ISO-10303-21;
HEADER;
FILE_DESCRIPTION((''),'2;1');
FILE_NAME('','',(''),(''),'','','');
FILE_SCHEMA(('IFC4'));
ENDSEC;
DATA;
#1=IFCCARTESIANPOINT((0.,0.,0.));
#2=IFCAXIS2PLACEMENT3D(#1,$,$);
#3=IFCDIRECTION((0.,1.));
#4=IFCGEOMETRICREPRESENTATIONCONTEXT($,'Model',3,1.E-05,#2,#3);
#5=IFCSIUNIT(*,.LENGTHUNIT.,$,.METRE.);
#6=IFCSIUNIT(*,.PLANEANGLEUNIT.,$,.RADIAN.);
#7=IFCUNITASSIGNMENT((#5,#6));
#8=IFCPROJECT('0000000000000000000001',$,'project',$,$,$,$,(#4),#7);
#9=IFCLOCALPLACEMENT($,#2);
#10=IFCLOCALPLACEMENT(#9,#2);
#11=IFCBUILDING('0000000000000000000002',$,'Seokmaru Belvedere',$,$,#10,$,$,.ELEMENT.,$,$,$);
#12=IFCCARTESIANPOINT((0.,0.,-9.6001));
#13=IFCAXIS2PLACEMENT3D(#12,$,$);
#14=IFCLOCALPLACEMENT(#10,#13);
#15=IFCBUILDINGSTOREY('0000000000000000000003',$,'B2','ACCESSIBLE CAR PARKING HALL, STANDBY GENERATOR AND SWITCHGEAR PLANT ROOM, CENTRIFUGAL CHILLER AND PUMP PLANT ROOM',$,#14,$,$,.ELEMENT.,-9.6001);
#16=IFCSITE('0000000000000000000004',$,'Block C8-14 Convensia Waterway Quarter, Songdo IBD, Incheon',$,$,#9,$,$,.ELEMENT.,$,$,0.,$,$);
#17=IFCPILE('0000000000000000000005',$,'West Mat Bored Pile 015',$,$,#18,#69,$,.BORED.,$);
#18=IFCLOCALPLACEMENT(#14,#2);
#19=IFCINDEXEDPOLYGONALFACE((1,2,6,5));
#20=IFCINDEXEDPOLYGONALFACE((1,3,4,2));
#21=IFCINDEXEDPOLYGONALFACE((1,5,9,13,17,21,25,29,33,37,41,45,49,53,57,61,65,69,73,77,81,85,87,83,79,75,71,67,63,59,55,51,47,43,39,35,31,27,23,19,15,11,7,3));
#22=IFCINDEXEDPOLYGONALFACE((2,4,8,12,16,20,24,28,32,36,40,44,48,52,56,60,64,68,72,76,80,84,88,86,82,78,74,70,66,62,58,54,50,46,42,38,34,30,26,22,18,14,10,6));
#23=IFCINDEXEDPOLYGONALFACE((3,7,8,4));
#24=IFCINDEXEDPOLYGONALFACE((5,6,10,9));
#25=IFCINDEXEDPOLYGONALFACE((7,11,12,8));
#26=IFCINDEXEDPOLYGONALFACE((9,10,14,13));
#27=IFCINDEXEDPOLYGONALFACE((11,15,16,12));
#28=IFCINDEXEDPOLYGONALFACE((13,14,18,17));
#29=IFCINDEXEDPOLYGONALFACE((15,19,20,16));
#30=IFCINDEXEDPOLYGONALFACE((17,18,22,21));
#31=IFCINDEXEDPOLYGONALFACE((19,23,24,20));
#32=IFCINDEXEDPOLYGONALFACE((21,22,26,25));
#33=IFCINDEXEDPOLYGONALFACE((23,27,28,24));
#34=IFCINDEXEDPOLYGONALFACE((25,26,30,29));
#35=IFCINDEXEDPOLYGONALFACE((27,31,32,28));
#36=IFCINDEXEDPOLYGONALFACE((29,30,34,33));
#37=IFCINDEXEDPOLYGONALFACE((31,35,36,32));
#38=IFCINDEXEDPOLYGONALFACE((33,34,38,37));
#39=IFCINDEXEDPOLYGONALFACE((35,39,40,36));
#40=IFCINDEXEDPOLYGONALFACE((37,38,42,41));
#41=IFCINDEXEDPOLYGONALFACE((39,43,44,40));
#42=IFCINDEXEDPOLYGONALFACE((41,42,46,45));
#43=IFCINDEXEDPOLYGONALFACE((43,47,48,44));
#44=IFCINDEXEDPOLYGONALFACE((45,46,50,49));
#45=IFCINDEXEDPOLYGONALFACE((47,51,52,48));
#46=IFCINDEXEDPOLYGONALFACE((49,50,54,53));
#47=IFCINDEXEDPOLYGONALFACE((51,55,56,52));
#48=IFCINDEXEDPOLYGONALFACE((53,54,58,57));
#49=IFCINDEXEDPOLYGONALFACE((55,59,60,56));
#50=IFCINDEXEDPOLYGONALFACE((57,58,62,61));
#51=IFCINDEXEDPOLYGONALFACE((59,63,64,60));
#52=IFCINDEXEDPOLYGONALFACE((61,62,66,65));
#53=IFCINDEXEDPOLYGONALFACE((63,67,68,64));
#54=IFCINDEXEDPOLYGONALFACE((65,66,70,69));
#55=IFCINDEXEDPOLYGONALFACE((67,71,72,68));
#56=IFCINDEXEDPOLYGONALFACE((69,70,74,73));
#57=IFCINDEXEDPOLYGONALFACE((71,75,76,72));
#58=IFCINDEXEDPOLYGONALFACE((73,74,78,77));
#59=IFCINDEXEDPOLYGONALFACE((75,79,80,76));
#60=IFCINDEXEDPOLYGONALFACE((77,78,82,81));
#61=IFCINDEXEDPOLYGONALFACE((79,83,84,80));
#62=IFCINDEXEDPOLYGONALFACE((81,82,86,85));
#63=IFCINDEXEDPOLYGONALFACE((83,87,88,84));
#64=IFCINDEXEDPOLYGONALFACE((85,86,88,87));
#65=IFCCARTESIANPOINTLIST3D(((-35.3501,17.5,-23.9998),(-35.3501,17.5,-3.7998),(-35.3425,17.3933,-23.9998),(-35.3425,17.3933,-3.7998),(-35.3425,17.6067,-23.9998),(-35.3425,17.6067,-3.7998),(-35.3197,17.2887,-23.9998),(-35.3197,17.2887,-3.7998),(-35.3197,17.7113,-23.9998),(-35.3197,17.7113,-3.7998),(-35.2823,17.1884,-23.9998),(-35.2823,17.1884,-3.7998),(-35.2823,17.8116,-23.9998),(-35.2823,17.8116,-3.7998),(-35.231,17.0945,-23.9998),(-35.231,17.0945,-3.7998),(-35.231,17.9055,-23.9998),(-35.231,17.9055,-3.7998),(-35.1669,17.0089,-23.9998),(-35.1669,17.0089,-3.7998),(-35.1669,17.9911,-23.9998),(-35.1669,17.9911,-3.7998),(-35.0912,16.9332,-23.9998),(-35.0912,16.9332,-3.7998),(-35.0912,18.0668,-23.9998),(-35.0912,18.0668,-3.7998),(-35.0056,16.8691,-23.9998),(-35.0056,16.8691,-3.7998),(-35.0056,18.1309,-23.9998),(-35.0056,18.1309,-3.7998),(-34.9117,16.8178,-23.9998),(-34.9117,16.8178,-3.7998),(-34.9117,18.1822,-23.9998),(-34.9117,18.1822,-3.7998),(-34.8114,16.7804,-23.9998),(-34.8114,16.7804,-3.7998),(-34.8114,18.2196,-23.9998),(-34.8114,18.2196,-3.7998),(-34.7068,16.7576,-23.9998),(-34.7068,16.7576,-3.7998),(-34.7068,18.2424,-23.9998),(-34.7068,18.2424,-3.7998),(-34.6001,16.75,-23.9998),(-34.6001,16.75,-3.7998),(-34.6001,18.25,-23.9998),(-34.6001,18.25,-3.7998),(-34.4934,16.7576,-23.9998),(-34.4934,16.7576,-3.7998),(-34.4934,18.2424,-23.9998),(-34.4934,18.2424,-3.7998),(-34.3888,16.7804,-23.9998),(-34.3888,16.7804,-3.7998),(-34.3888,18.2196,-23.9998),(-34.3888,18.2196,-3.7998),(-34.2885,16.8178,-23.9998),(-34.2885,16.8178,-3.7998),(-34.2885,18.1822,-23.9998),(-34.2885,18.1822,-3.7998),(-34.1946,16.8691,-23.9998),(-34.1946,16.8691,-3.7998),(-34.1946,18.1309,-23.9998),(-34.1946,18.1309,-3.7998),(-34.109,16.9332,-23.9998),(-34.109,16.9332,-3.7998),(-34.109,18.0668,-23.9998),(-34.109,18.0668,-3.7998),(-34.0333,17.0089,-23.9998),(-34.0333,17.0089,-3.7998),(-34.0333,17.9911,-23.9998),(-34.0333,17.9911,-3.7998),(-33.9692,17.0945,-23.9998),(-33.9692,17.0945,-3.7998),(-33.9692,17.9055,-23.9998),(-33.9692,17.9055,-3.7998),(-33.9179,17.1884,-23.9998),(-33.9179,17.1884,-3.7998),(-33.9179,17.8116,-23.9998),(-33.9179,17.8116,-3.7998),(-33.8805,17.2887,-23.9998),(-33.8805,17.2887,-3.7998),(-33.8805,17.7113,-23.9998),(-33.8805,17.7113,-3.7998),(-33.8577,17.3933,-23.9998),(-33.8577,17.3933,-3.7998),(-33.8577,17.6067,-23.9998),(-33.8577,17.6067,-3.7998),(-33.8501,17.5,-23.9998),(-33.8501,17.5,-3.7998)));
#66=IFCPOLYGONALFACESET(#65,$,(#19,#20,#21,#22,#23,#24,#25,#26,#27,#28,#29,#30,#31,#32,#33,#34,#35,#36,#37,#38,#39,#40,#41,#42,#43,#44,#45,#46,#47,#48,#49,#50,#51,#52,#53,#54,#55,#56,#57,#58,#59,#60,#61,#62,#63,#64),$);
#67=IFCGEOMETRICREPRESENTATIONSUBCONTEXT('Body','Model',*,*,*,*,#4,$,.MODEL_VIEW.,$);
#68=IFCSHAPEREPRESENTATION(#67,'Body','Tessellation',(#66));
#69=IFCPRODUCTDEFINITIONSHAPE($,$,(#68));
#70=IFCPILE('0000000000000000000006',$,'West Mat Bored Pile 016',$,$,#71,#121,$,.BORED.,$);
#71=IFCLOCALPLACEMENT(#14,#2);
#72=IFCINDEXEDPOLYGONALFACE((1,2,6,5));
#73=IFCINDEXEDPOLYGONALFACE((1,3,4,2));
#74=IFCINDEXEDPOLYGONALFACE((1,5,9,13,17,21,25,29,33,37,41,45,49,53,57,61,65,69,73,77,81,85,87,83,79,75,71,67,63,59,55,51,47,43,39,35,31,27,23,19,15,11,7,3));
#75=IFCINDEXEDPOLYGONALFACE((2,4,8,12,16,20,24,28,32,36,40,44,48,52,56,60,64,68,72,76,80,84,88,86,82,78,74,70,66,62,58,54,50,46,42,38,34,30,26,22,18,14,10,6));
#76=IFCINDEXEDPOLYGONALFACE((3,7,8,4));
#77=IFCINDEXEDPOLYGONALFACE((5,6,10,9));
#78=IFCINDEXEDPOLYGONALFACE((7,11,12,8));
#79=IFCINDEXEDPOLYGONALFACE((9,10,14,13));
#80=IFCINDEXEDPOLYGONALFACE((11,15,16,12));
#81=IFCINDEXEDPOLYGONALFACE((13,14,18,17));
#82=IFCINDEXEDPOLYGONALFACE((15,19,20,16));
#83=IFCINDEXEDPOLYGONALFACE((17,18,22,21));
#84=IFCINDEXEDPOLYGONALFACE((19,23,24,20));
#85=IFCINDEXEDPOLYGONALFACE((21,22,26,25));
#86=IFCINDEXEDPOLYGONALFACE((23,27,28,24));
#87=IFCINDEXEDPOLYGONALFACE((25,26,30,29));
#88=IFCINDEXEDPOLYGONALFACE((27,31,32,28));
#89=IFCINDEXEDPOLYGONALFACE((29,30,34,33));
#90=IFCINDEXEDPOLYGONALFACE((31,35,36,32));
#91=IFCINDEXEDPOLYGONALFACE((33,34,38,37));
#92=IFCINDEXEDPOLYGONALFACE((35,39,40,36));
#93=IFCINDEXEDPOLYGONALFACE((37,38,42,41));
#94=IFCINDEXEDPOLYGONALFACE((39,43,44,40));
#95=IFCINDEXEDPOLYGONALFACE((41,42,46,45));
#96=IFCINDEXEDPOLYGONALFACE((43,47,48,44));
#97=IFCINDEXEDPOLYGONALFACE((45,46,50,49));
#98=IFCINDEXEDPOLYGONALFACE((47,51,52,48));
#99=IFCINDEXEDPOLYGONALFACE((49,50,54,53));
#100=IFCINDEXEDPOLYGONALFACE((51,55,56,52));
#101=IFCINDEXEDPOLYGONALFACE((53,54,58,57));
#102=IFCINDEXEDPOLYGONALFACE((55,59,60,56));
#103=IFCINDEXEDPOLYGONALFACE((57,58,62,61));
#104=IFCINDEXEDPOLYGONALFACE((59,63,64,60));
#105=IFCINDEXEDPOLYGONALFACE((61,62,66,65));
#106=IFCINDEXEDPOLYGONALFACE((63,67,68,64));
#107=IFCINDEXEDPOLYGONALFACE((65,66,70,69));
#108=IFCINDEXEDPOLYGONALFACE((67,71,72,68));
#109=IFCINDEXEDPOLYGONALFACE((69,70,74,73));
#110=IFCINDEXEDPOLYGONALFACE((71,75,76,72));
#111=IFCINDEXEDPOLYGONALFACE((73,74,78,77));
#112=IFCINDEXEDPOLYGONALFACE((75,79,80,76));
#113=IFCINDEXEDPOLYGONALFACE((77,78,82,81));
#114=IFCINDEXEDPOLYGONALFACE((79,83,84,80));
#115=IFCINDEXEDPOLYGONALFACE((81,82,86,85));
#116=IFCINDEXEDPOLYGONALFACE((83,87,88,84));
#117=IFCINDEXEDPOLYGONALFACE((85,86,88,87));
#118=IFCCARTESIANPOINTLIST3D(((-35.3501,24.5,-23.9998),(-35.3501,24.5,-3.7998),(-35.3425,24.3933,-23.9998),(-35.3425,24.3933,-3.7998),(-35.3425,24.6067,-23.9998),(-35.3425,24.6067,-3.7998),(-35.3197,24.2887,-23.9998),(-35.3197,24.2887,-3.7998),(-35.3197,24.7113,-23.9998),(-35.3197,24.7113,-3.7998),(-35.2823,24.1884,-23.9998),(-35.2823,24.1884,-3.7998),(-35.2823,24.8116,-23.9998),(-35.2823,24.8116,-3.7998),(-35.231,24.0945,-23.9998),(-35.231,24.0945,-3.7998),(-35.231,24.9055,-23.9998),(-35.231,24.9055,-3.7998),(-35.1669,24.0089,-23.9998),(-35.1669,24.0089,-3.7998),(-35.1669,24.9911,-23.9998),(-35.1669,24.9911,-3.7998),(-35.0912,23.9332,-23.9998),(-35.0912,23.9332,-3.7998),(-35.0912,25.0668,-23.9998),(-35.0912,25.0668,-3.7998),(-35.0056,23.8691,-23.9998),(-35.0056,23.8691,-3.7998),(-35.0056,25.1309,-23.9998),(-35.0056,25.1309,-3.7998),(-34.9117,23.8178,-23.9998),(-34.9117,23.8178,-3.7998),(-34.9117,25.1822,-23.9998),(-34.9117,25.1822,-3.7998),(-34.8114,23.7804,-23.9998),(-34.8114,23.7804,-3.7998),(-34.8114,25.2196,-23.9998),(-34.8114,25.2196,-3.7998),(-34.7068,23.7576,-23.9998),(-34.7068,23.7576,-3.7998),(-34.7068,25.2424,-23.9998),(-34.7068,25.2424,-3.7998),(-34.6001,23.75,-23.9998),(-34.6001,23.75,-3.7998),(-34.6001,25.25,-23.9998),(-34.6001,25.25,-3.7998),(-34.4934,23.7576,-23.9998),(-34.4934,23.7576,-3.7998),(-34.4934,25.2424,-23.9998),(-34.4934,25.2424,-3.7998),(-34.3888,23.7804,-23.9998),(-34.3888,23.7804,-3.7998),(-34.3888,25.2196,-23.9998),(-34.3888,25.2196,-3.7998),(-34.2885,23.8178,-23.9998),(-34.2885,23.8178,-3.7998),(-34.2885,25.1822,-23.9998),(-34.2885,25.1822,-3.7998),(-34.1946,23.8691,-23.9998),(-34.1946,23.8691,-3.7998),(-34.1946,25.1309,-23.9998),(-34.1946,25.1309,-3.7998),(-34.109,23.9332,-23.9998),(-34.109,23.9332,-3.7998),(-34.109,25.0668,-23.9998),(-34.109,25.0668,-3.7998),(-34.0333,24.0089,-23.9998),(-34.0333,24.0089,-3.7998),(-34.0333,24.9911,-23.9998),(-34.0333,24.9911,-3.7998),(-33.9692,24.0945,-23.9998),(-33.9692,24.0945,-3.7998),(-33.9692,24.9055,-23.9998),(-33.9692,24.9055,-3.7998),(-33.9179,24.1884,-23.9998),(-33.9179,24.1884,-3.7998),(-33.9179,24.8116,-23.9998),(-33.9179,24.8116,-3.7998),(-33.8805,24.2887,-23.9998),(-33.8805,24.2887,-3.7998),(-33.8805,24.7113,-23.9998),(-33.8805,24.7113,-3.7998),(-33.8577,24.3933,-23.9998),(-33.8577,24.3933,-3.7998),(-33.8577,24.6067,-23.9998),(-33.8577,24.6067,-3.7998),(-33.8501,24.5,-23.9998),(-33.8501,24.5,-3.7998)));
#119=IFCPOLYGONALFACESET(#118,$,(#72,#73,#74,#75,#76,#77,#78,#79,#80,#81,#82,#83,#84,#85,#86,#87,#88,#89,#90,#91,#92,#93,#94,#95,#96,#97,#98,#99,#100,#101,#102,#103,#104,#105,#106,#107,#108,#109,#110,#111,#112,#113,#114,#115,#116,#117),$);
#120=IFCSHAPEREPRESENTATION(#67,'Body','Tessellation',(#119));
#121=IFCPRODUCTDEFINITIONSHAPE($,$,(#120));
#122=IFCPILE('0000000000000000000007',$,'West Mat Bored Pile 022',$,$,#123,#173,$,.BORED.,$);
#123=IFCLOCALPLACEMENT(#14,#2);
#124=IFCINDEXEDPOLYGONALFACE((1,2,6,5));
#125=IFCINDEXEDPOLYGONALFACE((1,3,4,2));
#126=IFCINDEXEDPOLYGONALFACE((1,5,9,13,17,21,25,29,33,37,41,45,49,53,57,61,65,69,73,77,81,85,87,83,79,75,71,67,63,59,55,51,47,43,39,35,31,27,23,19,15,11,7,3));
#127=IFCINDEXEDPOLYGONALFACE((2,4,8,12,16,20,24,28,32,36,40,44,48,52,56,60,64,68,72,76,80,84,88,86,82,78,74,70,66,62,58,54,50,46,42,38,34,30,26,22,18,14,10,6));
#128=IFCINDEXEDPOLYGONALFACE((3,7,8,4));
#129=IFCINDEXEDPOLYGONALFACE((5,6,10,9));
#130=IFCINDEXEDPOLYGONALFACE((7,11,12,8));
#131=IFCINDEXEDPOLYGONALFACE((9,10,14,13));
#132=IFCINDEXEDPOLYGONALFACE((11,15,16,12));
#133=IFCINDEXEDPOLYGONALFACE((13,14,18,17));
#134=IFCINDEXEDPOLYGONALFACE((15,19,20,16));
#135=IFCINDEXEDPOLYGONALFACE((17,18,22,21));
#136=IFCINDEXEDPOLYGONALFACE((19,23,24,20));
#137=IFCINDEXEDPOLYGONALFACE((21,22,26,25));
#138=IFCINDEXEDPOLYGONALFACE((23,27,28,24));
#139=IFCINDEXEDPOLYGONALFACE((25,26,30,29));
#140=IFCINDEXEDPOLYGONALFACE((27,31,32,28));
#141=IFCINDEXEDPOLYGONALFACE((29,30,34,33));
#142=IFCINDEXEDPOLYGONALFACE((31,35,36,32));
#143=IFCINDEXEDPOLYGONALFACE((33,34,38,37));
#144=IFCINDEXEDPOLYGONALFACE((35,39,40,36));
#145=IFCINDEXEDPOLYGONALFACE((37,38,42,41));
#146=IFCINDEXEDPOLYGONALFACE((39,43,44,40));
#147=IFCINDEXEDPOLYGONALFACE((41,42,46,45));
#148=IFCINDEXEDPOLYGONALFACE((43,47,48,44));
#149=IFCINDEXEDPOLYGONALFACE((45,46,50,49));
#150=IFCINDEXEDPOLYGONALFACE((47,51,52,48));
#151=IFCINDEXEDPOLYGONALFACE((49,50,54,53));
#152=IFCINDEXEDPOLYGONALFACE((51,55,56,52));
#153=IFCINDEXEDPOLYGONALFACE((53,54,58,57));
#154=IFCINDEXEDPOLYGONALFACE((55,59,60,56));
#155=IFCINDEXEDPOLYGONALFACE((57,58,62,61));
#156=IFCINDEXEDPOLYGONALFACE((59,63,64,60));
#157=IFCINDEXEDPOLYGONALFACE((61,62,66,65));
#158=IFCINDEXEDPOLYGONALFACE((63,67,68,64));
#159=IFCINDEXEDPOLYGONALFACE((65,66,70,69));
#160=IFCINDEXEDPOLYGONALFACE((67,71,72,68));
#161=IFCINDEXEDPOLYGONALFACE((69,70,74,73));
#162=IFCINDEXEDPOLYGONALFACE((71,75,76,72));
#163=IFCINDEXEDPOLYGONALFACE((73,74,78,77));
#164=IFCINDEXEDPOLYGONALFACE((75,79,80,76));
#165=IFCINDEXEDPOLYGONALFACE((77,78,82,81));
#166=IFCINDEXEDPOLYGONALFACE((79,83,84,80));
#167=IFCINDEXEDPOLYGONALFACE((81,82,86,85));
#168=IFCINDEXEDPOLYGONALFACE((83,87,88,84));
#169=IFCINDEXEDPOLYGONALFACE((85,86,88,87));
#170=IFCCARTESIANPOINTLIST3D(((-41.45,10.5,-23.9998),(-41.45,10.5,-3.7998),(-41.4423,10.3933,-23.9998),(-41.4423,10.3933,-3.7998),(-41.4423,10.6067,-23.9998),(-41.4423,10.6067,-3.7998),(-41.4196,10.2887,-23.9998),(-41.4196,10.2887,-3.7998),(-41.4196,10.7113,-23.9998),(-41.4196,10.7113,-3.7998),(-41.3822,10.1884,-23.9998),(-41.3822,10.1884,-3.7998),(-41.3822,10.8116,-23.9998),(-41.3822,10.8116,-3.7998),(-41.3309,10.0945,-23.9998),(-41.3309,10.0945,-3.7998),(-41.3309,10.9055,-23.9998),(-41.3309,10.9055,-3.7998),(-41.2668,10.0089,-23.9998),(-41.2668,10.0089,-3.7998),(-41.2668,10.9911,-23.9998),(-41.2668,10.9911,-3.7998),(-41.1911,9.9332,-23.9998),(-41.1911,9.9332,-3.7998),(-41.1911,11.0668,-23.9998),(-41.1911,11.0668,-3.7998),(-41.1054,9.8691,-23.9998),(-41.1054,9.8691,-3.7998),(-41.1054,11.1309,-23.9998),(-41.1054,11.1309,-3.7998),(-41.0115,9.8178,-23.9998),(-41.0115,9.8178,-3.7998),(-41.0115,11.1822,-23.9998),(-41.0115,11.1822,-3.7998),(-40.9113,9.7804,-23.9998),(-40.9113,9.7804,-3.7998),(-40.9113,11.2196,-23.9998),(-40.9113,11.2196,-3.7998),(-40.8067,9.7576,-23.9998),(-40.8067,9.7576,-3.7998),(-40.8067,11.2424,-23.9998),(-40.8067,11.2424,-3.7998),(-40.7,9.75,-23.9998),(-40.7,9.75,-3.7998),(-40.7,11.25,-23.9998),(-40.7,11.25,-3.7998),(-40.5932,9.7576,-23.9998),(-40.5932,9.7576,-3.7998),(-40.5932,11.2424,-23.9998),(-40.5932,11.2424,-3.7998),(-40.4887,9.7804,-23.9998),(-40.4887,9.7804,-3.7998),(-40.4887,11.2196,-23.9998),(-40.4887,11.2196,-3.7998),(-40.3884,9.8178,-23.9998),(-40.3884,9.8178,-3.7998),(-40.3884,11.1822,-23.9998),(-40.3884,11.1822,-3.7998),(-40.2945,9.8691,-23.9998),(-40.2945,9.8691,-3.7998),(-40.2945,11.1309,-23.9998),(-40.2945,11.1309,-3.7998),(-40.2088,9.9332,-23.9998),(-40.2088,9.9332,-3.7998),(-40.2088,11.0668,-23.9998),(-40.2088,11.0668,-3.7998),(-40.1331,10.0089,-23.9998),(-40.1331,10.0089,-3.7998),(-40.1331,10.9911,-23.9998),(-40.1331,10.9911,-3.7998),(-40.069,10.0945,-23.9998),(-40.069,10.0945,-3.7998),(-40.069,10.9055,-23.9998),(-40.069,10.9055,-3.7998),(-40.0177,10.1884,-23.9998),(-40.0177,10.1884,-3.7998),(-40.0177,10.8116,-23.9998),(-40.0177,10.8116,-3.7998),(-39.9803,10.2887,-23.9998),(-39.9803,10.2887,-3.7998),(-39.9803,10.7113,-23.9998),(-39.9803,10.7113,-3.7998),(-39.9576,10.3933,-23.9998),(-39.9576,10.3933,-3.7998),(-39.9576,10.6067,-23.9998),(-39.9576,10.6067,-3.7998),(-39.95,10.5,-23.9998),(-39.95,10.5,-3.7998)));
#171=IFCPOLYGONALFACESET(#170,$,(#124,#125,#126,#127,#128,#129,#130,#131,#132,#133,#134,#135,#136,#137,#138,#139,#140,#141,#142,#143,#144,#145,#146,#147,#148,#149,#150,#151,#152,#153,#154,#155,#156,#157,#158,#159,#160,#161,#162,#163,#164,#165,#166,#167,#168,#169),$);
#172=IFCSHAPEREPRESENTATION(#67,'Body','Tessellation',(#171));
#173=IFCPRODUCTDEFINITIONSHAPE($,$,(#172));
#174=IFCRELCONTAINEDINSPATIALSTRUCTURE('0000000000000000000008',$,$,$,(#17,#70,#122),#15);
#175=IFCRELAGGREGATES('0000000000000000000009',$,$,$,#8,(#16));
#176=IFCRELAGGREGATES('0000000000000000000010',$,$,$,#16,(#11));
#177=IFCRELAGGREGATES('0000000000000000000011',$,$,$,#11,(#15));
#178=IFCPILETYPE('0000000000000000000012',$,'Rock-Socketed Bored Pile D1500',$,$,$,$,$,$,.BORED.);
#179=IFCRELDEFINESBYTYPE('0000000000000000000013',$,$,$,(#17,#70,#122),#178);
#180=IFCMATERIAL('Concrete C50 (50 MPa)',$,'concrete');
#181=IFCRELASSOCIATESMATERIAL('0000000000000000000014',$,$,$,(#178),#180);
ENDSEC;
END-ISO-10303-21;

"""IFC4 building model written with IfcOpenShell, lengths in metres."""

from ifc_helpers import new_model, si_unit, direction, frame, origin, origin_2d, place, context, subcontext, project, spatial, circle, extrude, source, transform, mapped, material, material_profile, profile_set, type_object, type_shapes, element, save


model = new_model("IFC4")

# Units and contexts
model_context = context("Model", 3, precision=1e-05, world=origin(), true_north=direction((0.0, 1.0)))
body_context = subcontext(model_context, "Body", "Model", "MODEL_VIEW")
ifc_project = project(units=[si_unit("LENGTHUNIT", "METRE"), si_unit("PLANEANGLEUNIT", "RADIAN")], contexts=[model_context])

# Site, building, storey
site_placement = place(None, origin())
site = spatial("IfcSite", under=ifc_project, at=site_placement, Name="Block C8-14 Convensia Waterway Quarter, Songdo IBD, Incheon", CompositionType="ELEMENT", RefElevation=0.0)
building_placement = place(site_placement, origin())
building = spatial("IfcBuilding", under=site, at=building_placement, Name="Seokmaru Belvedere", CompositionType="ELEMENT")
storey_placement = place(building_placement, frame((0.0, 0.0, -9.6001)))
storey = spatial("IfcBuildingStorey", under=building, at=storey_placement, Name="B2", Description="ACCESSIBLE CAR PARKING HALL, STANDBY GENERATOR AND SWITCHGEAR PLANT ROOM, CENTRIFUGAL CHILLER AND PUMP PLANT ROOM", CompositionType="ELEMENT", Elevation=-9.6001)

# Piles
ifc_material_1 = material(Name="Concrete C50 (50 MPa)", Category="concrete")
ifc_material_profile_1 = material_profile(ifc_material_1, circle(Radius=0.75, at=origin_2d()), Name="PILE-D1500")
ifc_profile_set_1 = profile_set([ifc_material_profile_1], Name="Concrete C50 (50 MPa)")
pile_type_1 = type_object("IfcPileType", Name="Rock-Socketed Bored Pile D1500", PredefinedType="BORED", material=ifc_profile_set_1)
shared_shape_1 = source(origin(), body_context, "Body", "SweptSolid", [
    extrude(circle(Radius=0.75, at=origin_2d()), origin(), (0.0, 0.0, 1.0), 20.2),
])
type_shapes(pile_type_1, [shared_shape_1])
for number, where, z_axis, x_axis, name in (
    (1, (-34.6001, 17.5, -3.7998), (0.0, 0.0, -1.0), (1.0, 0.0, 0.0), "West Mat Bored Pile 015"),
    (2, (-34.6001, 24.5, -3.7998), (0.0, 0.0, -1.0), (1.0, 0.0, 0.0), "West Mat Bored Pile 016"),
    (3, (-40.7, 10.5, -3.7998), (0.0, 0.0, -1.0), (1.0, 0.0, 0.0), "West Mat Bored Pile 022"),
):
    element("IfcPile", number, at=place(storey_placement, frame(where, z_axis=z_axis, x_axis=x_axis)), inside=storey, type_object=pile_type_1, Name=name, PredefinedType="BORED", context=body_context, shape_type="MappedRepresentation", body=[
        mapped(shared_shape_1, transform((0.0, 0.0, 0.0), scale=1.0)),
    ])

save(model, "model.ifc")
